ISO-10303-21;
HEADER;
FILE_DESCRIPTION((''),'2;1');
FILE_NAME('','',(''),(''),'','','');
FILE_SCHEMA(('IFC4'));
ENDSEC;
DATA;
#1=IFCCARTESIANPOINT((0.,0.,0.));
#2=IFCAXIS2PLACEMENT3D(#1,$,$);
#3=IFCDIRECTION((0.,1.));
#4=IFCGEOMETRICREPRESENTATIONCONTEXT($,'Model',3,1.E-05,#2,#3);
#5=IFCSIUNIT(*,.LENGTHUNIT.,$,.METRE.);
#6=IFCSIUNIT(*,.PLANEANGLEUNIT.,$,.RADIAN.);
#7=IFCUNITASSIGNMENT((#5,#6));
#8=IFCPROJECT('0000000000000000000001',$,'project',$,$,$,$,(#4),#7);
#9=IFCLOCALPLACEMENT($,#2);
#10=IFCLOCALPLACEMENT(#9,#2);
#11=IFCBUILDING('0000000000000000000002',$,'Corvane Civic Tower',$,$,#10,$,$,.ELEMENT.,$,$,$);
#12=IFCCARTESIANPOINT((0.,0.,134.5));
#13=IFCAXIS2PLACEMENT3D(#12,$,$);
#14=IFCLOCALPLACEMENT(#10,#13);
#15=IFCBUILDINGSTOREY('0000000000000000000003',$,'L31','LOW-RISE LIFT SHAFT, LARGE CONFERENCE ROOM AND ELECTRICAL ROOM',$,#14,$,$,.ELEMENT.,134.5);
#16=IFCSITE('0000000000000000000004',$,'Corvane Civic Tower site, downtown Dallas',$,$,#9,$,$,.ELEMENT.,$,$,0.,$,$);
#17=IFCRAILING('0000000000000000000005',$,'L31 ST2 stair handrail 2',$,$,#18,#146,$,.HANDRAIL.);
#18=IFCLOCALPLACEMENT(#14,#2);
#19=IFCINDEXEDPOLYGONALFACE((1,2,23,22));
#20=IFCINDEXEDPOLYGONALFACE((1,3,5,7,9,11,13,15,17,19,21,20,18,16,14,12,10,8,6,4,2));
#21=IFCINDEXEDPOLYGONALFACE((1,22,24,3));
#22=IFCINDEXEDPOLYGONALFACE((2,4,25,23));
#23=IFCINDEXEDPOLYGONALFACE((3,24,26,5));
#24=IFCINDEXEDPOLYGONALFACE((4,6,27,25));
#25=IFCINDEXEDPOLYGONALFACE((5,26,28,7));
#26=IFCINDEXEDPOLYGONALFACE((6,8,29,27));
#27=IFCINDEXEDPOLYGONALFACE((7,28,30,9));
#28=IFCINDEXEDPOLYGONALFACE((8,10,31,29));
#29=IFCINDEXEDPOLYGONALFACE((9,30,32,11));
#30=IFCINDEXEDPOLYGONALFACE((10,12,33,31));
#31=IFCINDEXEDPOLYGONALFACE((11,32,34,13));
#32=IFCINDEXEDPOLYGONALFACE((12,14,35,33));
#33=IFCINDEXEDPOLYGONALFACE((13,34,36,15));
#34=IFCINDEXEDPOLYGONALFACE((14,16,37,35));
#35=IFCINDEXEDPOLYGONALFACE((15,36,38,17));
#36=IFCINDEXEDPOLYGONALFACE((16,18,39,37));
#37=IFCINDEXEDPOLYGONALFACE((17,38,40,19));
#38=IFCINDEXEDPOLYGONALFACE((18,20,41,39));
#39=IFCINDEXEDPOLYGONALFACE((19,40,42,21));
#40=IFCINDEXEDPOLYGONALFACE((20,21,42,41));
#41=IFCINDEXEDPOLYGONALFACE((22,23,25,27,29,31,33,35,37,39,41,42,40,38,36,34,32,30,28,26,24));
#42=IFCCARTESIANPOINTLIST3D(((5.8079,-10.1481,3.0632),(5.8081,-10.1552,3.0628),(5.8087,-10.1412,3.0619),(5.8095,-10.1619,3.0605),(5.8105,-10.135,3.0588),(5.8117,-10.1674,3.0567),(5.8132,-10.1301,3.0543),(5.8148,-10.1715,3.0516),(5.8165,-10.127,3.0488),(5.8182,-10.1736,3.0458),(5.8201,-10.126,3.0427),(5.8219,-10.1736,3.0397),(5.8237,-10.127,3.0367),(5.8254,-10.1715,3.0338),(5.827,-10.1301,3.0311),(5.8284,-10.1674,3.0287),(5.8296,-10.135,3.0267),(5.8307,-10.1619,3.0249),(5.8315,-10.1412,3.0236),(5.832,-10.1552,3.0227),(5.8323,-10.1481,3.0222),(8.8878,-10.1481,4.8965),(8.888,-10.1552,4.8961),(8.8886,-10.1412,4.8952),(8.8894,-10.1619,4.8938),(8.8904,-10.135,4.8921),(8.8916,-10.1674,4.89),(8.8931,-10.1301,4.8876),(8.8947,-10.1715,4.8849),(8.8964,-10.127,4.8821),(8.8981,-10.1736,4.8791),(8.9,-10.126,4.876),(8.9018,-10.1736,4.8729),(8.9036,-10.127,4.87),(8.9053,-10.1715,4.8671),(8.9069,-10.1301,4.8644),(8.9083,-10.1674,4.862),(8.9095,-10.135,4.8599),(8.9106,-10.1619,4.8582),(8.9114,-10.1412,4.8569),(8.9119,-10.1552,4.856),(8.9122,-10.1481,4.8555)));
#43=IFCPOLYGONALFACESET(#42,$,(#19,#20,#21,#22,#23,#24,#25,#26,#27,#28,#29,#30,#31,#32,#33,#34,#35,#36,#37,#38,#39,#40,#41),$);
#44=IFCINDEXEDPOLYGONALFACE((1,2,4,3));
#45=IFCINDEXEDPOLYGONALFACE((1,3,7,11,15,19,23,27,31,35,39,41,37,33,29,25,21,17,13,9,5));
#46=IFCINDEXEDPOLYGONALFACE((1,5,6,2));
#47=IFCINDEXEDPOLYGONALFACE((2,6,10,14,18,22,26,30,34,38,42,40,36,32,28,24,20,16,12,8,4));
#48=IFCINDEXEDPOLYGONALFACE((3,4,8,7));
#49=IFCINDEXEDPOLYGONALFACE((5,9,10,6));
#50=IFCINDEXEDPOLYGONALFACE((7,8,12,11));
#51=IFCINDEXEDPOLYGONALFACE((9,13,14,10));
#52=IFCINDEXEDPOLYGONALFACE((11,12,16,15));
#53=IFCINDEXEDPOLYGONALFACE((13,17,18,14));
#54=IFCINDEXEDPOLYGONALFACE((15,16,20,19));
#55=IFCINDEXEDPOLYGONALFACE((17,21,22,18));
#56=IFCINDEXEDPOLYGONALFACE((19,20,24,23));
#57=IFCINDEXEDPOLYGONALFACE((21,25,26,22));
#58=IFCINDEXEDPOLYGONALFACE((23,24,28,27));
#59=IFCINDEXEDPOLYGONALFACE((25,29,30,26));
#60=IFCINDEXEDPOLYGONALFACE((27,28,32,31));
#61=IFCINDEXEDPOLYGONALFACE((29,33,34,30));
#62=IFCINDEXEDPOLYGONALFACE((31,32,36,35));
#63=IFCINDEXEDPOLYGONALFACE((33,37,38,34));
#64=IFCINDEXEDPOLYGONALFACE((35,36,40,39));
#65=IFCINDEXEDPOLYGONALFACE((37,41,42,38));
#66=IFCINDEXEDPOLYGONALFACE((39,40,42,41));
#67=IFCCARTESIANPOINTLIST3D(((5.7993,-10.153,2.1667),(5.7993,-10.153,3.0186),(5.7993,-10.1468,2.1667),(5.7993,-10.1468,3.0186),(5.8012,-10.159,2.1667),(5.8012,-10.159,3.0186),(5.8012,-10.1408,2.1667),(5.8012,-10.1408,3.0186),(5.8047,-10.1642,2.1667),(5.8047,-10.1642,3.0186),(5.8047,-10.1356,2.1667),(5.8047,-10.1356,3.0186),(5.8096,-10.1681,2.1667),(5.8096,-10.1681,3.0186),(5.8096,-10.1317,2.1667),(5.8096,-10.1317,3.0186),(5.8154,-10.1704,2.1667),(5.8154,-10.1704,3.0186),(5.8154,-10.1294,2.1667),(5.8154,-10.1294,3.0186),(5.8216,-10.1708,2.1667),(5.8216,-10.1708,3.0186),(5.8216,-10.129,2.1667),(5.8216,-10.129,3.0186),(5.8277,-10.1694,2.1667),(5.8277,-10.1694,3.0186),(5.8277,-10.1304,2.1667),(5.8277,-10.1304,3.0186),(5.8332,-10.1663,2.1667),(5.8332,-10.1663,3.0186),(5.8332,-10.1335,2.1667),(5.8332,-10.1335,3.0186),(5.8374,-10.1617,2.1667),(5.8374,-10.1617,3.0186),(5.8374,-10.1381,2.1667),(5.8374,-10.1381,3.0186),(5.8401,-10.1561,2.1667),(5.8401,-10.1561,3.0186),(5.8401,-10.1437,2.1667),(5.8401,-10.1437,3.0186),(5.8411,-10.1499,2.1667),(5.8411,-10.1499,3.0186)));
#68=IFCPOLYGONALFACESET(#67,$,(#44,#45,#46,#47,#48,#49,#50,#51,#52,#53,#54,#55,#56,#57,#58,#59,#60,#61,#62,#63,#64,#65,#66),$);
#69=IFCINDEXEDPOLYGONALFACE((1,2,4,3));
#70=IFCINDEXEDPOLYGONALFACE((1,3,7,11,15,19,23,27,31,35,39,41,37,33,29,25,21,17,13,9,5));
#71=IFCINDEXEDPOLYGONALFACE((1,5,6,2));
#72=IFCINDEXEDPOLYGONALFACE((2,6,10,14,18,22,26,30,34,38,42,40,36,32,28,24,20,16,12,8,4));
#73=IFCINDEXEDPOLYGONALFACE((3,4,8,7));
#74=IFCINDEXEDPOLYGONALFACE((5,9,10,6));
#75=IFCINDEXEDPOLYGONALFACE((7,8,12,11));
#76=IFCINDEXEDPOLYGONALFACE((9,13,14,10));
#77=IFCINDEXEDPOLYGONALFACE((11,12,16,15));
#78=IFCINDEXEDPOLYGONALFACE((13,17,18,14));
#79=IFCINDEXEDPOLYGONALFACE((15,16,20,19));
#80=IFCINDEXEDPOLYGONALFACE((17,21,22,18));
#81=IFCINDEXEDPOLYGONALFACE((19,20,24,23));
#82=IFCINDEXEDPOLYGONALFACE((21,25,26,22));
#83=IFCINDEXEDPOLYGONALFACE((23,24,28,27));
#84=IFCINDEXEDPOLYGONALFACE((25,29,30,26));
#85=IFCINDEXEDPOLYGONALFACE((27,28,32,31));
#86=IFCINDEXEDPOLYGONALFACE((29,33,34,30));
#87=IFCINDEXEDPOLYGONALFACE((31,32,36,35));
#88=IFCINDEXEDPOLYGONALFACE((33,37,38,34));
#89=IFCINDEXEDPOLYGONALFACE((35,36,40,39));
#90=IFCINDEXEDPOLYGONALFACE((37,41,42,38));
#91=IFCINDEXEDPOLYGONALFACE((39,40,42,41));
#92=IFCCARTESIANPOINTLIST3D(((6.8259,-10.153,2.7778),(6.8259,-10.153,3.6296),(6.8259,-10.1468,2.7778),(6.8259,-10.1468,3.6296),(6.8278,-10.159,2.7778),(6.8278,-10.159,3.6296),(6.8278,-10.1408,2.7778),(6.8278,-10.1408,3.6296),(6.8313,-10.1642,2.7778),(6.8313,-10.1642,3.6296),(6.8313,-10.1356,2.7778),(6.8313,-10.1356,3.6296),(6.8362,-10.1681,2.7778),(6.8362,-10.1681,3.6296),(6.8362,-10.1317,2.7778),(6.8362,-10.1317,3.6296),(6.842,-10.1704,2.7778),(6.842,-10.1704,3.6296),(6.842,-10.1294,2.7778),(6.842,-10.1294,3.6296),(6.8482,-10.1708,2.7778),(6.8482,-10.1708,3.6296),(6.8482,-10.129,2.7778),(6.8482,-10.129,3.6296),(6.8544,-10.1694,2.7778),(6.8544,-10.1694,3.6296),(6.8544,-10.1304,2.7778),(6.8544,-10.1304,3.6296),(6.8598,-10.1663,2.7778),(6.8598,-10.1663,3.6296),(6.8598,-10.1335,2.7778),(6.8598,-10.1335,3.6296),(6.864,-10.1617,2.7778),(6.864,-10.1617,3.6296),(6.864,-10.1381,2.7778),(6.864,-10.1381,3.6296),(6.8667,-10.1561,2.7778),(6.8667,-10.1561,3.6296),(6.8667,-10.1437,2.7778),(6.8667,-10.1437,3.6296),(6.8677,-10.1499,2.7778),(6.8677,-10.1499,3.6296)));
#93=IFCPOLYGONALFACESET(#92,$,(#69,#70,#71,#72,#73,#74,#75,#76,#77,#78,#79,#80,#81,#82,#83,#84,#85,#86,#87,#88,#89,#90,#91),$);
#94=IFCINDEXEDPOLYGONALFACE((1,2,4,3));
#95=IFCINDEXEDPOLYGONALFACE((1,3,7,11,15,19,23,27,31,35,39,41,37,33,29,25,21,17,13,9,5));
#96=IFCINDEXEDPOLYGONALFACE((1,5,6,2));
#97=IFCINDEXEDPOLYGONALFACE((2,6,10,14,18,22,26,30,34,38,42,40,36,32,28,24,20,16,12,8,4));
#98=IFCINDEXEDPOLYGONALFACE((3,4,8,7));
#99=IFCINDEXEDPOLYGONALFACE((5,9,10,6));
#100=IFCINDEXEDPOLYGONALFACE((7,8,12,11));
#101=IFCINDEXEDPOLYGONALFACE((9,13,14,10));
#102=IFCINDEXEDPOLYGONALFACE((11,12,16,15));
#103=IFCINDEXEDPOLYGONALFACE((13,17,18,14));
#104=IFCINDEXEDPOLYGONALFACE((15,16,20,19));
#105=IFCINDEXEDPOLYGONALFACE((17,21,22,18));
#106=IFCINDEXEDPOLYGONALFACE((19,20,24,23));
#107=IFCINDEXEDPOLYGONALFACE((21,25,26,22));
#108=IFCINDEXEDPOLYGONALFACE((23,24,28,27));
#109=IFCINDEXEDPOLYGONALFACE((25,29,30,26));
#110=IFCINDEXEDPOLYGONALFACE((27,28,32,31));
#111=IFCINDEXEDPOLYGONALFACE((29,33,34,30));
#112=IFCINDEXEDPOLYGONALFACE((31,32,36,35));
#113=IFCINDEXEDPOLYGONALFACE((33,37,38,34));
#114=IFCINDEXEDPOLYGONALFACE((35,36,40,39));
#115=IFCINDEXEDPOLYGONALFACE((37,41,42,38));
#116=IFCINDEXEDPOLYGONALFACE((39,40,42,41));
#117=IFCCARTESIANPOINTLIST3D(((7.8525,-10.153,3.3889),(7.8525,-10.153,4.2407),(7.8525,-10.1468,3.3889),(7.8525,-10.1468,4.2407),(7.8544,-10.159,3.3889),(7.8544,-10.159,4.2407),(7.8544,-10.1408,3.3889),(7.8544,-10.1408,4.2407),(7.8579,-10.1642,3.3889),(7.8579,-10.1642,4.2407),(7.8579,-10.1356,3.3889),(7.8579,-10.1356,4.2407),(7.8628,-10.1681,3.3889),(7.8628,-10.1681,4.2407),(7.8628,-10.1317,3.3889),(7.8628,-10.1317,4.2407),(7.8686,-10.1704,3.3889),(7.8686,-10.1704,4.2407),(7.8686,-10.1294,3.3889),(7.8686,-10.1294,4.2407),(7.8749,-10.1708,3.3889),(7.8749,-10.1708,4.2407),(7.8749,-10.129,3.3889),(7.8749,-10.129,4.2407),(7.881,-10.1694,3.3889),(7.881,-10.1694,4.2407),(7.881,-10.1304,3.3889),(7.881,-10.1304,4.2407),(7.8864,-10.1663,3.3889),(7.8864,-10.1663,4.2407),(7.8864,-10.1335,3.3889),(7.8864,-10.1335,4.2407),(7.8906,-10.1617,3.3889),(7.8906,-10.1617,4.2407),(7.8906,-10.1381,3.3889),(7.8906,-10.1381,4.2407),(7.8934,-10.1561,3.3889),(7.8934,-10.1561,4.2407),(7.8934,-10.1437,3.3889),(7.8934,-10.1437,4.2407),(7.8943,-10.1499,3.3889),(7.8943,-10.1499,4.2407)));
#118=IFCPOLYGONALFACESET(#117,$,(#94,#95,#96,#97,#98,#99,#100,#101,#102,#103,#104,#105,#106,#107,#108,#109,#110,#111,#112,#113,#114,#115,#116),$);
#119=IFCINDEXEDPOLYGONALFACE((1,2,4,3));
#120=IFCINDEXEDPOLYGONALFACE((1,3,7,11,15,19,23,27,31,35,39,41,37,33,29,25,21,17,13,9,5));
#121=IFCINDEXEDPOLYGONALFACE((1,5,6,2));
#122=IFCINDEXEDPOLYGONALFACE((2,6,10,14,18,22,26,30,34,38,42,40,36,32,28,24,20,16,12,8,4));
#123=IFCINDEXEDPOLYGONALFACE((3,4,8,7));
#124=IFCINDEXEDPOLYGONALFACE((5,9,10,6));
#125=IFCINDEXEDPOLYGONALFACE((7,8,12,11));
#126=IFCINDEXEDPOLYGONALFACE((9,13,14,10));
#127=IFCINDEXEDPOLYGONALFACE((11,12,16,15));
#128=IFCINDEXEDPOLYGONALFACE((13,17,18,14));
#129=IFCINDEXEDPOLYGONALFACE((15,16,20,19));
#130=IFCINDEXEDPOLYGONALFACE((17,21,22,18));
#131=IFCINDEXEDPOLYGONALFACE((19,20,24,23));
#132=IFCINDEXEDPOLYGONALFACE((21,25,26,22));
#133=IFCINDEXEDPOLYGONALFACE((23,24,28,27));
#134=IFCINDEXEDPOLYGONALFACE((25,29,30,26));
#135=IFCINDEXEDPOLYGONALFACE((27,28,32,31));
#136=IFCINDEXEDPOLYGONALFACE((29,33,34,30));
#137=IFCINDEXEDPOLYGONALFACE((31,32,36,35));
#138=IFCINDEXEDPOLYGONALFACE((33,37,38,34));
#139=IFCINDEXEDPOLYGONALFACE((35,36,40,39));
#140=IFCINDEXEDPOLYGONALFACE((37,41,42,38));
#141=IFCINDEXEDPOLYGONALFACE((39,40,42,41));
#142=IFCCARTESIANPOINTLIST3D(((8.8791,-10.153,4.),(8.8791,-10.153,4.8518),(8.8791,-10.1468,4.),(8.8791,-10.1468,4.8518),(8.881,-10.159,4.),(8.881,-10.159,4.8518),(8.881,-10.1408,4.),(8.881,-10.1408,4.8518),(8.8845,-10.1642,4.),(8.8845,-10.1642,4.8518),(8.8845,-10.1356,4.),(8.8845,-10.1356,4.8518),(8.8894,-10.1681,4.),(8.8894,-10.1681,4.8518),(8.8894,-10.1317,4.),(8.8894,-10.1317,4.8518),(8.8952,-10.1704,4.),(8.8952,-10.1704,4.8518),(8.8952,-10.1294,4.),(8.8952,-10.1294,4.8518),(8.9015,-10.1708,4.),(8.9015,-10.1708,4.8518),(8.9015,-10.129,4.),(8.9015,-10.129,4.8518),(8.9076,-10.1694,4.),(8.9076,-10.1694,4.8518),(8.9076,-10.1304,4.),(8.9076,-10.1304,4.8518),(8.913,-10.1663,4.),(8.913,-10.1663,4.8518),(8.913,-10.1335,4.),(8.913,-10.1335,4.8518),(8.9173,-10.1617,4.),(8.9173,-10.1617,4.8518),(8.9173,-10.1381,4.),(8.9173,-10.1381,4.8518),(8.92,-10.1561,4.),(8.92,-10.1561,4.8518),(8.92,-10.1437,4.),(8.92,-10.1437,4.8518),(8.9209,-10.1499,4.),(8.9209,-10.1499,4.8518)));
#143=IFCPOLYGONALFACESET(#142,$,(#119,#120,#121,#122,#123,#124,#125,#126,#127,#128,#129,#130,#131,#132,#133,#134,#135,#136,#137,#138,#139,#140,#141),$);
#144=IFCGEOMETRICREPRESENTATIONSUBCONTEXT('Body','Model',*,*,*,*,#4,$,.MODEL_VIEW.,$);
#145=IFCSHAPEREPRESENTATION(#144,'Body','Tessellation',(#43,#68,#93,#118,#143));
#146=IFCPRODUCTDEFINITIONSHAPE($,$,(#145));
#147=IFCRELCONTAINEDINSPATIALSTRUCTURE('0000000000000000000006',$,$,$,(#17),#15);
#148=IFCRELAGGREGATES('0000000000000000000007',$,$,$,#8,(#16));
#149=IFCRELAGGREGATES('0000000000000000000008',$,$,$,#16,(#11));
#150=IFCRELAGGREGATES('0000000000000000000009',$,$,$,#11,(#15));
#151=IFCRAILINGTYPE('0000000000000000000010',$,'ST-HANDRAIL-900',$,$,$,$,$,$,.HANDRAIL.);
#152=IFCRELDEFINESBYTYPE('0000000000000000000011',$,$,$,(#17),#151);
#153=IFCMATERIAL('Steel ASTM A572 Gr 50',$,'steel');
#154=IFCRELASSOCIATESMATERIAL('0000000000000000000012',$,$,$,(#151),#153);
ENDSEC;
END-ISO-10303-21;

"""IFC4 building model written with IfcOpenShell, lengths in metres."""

from ifc_helpers import new_model, si_unit, direction, frame, origin, origin_2d, place, context, subcontext, project, spatial, circle, extrude, material, type_object, element, save


model = new_model("IFC4")

# Units and contexts
model_context = context("Model", 3, precision=1e-05, world=origin(), true_north=direction((0.0, 1.0)))
body_context = subcontext(model_context, "Body", "Model", "MODEL_VIEW")
ifc_project = project(units=[si_unit("LENGTHUNIT", "METRE"), si_unit("PLANEANGLEUNIT", "RADIAN")], contexts=[model_context])

# Site, building, storey
site_placement = place(None, origin())
site = spatial("IfcSite", under=ifc_project, at=site_placement, Name="Corvane Civic Tower site, downtown Dallas", CompositionType="ELEMENT", RefElevation=0.0)
building_placement = place(site_placement, origin())
building = spatial("IfcBuilding", under=site, at=building_placement, Name="Corvane Civic Tower", CompositionType="ELEMENT")
storey_placement = place(building_placement, frame((0.0, 0.0, 134.5)))
storey = spatial("IfcBuildingStorey", under=building, at=storey_placement, Name="L31", Description="LOW-RISE LIFT SHAFT, LARGE CONFERENCE ROOM AND ELECTRICAL ROOM", CompositionType="ELEMENT", Elevation=134.5)

# Railing
ifc_material_1 = material(Name="Steel ASTM A572 Gr 50", Category="steel")
railing_type = type_object("IfcRailingType", Name="ST-HANDRAIL-900", PredefinedType="HANDRAIL", material=ifc_material_1)
railing_placement = place(storey_placement, frame((5.8201, -10.1499, 2.1667)))
element("IfcRailing", 1, at=railing_placement, inside=storey, type_object=railing_type, Name="L31 ST2 stair handrail 2", PredefinedType="HANDRAIL", context=body_context, shape_type="SweptSolid", body=[
    extrude(circle(Radius=0.0239, at=origin_2d()), frame((0.0, 0.0, 0.876), z_axis=(0.859291, 0.0, 0.511487), x_axis=(0.0, 1.0, 0.0)), (0.0, 0.0, 1.0), 3.5842),
    extrude(circle(Radius=0.021, at=origin_2d()), origin(), (0.0, 0.0, 1.0), 0.8518),
    extrude(circle(Radius=0.021, at=origin_2d()), frame((1.0266, 0.0, 0.6111)), (0.0, 0.0, 1.0), 0.8518),
    extrude(circle(Radius=0.021, at=origin_2d()), frame((2.0532, 0.0, 1.2222)), (0.0, 0.0, 1.0), 0.8518),
    extrude(circle(Radius=0.021, at=origin_2d()), frame((3.0798, 0.0, 1.8333)), (0.0, 0.0, 1.0), 0.8518),
])

save(model, "model.ifc")
